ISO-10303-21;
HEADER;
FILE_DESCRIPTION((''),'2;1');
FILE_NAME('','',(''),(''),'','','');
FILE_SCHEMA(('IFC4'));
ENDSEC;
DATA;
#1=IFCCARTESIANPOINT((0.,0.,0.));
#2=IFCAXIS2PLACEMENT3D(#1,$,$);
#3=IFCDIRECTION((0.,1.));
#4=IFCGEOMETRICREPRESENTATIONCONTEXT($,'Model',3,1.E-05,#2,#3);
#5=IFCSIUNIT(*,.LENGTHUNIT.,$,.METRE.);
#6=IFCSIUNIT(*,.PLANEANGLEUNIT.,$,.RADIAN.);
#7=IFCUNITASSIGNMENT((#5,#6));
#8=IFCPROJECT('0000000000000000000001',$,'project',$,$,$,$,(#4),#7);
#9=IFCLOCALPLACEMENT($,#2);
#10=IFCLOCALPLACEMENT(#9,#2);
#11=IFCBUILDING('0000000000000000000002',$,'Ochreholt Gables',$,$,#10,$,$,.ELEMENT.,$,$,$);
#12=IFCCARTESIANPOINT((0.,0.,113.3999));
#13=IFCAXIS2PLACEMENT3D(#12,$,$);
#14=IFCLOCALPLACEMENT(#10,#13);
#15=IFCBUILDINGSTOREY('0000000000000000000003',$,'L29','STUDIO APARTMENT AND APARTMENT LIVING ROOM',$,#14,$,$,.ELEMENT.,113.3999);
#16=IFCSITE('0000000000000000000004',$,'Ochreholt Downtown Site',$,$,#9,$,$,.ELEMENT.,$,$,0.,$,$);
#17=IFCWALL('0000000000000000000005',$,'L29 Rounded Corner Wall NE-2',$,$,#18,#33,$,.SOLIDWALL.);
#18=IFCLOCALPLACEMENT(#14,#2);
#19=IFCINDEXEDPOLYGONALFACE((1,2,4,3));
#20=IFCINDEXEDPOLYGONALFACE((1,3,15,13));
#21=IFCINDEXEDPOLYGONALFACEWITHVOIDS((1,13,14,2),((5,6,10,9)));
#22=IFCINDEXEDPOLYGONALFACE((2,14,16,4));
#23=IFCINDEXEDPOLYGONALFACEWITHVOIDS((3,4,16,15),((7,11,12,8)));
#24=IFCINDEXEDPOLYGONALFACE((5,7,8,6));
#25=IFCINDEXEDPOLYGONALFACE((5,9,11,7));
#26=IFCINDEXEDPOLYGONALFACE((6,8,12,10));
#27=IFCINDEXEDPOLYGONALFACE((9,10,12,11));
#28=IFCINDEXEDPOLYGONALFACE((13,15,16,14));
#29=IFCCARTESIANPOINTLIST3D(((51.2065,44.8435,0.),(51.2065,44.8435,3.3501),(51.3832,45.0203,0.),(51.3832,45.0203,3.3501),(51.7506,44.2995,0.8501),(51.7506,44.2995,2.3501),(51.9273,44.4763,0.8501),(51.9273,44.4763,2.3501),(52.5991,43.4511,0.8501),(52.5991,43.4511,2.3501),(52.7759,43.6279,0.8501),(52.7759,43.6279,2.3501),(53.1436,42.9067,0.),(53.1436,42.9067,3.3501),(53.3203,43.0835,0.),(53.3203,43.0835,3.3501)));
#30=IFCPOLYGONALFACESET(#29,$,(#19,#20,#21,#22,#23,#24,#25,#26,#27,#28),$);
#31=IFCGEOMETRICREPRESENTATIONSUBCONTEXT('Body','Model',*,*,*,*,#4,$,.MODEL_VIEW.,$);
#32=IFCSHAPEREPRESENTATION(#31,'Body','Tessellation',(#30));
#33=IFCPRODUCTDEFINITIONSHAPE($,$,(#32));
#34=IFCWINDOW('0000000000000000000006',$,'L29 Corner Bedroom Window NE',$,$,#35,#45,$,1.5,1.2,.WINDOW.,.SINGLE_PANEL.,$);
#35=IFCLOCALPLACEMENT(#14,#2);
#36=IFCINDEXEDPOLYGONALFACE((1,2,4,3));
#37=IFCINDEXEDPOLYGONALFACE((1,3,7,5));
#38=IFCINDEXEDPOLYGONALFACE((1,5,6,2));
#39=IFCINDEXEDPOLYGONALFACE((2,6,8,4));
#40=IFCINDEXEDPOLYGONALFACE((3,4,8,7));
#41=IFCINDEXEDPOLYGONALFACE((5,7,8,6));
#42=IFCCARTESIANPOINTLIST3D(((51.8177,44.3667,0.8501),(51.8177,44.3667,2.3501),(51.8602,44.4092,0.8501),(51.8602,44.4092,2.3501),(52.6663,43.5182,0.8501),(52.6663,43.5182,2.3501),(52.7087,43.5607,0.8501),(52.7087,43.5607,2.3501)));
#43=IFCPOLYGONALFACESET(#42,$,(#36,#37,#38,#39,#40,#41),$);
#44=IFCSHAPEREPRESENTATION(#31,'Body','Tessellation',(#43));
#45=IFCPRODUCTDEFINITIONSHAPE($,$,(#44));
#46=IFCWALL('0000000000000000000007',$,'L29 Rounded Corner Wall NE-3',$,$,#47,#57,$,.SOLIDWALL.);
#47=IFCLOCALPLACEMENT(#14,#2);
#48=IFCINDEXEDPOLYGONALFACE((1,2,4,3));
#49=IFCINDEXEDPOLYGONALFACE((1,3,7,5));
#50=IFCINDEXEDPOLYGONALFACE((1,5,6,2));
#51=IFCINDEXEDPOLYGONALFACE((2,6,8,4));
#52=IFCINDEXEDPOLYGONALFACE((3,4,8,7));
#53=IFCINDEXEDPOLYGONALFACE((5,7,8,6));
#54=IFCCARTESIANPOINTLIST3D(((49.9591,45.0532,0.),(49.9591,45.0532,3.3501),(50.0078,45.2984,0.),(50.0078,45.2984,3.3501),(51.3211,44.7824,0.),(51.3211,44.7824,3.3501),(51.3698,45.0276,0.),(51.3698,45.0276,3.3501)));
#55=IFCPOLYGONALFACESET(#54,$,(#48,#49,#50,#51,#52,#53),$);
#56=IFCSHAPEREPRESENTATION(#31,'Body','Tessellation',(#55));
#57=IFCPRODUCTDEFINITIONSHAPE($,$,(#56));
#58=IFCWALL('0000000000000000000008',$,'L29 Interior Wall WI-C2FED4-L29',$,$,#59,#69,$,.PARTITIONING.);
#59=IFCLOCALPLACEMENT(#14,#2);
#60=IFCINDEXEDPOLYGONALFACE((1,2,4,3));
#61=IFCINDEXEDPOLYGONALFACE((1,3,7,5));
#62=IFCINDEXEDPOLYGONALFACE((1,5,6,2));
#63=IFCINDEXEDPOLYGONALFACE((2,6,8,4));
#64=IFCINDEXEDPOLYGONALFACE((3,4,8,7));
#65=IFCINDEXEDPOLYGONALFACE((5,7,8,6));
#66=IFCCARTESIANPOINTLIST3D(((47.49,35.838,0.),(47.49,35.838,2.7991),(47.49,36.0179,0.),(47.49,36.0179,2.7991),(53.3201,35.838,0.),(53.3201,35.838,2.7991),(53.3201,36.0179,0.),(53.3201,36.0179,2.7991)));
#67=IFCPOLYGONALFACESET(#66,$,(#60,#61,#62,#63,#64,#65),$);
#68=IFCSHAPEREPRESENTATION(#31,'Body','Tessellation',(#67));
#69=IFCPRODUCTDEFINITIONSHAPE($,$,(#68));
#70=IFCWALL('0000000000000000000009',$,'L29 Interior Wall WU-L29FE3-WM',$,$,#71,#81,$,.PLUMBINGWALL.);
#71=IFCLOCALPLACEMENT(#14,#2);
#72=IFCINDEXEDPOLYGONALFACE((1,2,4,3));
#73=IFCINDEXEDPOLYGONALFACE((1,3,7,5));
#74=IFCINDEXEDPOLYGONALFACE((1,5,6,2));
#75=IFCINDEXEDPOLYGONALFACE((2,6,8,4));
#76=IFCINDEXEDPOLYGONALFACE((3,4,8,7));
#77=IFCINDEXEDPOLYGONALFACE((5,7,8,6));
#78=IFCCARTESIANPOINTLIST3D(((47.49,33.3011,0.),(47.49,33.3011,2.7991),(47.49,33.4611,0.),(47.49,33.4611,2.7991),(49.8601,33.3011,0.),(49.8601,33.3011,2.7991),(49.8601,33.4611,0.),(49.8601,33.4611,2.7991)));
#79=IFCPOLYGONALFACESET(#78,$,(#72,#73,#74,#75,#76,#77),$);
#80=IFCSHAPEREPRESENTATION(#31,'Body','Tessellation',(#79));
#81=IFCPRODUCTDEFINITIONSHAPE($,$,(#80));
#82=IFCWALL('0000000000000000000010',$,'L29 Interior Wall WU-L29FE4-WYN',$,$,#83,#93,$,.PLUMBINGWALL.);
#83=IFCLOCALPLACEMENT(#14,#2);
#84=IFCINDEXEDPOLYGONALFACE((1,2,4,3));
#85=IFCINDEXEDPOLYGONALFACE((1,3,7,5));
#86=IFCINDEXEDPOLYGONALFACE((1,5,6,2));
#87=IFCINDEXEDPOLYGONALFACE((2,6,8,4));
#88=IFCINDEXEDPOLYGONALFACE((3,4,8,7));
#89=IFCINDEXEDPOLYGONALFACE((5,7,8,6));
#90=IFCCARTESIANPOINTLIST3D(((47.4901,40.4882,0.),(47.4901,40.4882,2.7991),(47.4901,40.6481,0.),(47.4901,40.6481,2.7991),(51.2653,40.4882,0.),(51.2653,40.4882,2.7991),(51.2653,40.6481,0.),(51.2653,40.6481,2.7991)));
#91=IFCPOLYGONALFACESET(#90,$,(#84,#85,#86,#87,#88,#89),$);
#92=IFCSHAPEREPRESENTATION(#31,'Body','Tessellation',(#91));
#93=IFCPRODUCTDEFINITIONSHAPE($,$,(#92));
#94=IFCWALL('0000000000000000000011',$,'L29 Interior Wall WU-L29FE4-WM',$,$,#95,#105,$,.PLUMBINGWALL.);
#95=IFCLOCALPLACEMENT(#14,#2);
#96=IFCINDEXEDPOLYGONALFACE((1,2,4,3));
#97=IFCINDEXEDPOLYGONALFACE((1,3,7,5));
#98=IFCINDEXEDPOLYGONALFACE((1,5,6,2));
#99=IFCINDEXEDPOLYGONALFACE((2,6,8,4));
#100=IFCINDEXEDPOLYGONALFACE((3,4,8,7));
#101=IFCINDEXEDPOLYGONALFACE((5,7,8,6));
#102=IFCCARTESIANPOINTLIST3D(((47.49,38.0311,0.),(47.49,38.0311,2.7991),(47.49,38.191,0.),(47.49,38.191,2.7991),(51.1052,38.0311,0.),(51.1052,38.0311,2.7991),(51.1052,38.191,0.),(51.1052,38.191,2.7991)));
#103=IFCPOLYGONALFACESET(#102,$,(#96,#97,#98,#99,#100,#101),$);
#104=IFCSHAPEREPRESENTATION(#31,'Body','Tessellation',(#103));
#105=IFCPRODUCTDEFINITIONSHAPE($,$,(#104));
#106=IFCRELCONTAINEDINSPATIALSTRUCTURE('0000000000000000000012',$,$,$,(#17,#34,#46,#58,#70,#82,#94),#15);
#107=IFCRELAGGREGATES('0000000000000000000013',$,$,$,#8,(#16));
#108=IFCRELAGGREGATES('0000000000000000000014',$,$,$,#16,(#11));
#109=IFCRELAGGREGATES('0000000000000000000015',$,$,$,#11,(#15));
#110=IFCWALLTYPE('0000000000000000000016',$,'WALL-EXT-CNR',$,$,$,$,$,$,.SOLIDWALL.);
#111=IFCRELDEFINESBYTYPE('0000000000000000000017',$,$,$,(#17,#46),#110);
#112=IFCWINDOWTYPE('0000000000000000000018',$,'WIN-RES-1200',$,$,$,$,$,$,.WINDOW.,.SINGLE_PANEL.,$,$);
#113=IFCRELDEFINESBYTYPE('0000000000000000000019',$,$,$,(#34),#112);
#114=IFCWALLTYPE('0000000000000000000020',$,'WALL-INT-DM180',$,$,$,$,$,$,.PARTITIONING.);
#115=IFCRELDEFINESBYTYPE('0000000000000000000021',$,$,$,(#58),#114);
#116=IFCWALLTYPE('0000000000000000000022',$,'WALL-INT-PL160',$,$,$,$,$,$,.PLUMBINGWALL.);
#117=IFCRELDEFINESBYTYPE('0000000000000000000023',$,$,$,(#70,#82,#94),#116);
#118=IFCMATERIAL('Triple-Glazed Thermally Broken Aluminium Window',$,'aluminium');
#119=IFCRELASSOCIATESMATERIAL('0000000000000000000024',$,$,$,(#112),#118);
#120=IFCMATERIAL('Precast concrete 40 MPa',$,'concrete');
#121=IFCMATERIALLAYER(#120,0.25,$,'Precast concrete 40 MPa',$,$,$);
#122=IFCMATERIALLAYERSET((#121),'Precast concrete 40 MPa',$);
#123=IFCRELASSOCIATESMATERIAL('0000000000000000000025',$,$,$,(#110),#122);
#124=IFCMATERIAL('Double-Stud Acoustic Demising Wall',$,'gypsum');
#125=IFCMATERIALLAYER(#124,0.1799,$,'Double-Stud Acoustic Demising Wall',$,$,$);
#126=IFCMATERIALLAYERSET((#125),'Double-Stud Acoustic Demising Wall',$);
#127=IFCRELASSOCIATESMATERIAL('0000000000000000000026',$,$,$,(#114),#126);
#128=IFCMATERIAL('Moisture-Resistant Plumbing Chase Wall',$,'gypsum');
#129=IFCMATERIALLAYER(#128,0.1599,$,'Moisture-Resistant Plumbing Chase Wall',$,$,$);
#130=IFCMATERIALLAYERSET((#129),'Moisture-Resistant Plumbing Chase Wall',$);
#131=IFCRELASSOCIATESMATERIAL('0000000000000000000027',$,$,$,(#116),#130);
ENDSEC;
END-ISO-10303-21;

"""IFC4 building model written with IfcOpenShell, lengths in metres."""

from ifc_helpers import new_model, si_unit, direction, frame, frame_2d, origin, place, context, subcontext, project, spatial, rectangle, extrude, material, layer, layer_set, type_object, element, fill, save


model = new_model("IFC4")

# Units and contexts
model_context = context("Model", 3, precision=1e-05, world=origin(), true_north=direction((0.0, 1.0)))
body_context = subcontext(model_context, "Body", "Model", "MODEL_VIEW")
ifc_project = project(units=[si_unit("LENGTHUNIT", "METRE"), si_unit("PLANEANGLEUNIT", "RADIAN")], contexts=[model_context])

# Site, building, storey
site_placement = place(None, origin())
site = spatial("IfcSite", under=ifc_project, at=site_placement, Name="Ochreholt Downtown Site", CompositionType="ELEMENT", RefElevation=0.0)
building_placement = place(site_placement, origin())
building = spatial("IfcBuilding", under=site, at=building_placement, Name="Ochreholt Gables", CompositionType="ELEMENT")
storey_placement = place(building_placement, frame((0.0, 0.0, 113.3999)))
storey = spatial("IfcBuildingStorey", under=building, at=storey_placement, Name="L29", Description="STUDIO APARTMENT AND APARTMENT LIVING ROOM", CompositionType="ELEMENT", Elevation=113.3999)

# Shared definitions
ifc_material_1 = material(Name="Precast concrete 40 MPa", Category="concrete")
ifc_material_2 = material(Name="Triple-Glazed Thermally Broken Aluminium Window", Category="aluminium")
window_type_1 = type_object("IfcWindowType", Name="WIN-RES-1200", PartitioningType="SINGLE_PANEL", PredefinedType="WINDOW", material=ifc_material_2)

# Shared definitions
ifc_layer_1 = layer(ifc_material_1, 0.25, Name="Precast concrete 40 MPa")
ifc_layer_set_1 = layer_set([ifc_layer_1], Name="Precast concrete 40 MPa")
wall_type_1 = type_object("IfcWallType", Name="WALL-EXT-CNR", PredefinedType="SOLIDWALL", material=ifc_layer_set_1)

# Wall, opening, window
wall_1_placement = place(storey_placement, frame((53.2319, 42.9951, 0.0), z_axis=(0.0, 0.0, 1.0), x_axis=(-0.707151, 0.707062, 0.0)))
wall_1 = element("IfcWall", 1, at=wall_1_placement, inside=storey, type_object=wall_type_1, Name="L29 Rounded Corner Wall NE-2", PredefinedType="SOLIDWALL", context=body_context, shape_type="SweptSolid", body=[
    extrude(rectangle(XDim=2.7393, YDim=0.25, at=frame_2d((1.3696, 0.0))), origin(), (0.0, 0.0, 1.0), 3.3501),
])
opening_1_placement = place(wall_1_placement, frame((0.7698, 0.0, 0.8501)))
opening_1 = element("IfcOpeningElement", 2, at=opening_1_placement, cuts=wall_1, PredefinedType="OPENING", context=body_context, shape_type="SweptSolid", body=[
    extrude(rectangle(XDim=1.2, YDim=1.5, at=frame_2d((0.6001, 0.75))), frame((0.0, 0.135, 0.0), z_axis=(0.0, -1.0, 0.0), x_axis=(1.0, 0.0, 0.0)), (0.0, 0.0, 1.0), 0.27),
])
window_1_placement = place(opening_1_placement, origin())
window_1 = element("IfcWindow", 3, at=window_1_placement, inside=storey, type_object=window_type_1, Name="L29 Corner Bedroom Window NE", OverallHeight=1.5, OverallWidth=1.2, PartitioningType="SINGLE_PANEL", PredefinedType="WINDOW", context=body_context, shape_type="SweptSolid", body=[
    extrude(rectangle(XDim=1.2, YDim=1.5, at=frame_2d((0.6001, 0.75))), frame((0.0, 0.03, 0.0), z_axis=(0.0, -1.0, 0.0), x_axis=(1.0, 0.0, 0.0)), (0.0, 0.0, 1.0), 0.0601),
])
fill(opening_1, window_1)

# Walls
wall_2_placement = place(storey_placement, frame((51.3455, 44.905, 0.0), z_axis=(0.0, 0.0, 1.0), x_axis=(-0.98081, 0.194967, 0.0)))
element("IfcWall", 4, at=wall_2_placement, inside=storey, type_object=wall_type_1, Name="L29 Rounded Corner Wall NE-3", PredefinedType="SOLIDWALL", context=body_context, shape_type="SweptSolid", body=[
    extrude(rectangle(XDim=1.3887, YDim=0.25, at=frame_2d((0.6943, 0.0))), origin(), (0.0, 0.0, 1.0), 3.3501),
])
ifc_material_3 = material(Name="Double-Stud Acoustic Demising Wall", Category="gypsum")
ifc_layer_2 = layer(ifc_material_3, 0.1799, Name="Double-Stud Acoustic Demising Wall")
ifc_layer_set_2 = layer_set([ifc_layer_2], Name="Double-Stud Acoustic Demising Wall")
wall_type_2 = type_object("IfcWallType", Name="WALL-INT-DM180", PredefinedType="PARTITIONING", material=ifc_layer_set_2)
wall_3_placement = place(storey_placement, frame((47.49, 35.928, 0.0), z_axis=(0.0, 0.0, 1.0), x_axis=(1.0, 0.0, 0.0)))
element("IfcWall", 5, at=wall_3_placement, inside=storey, type_object=wall_type_2, Name="L29 Interior Wall WI-C2FED4-L29", PredefinedType="PARTITIONING", context=body_context, shape_type="SweptSolid", body=[
    extrude(rectangle(XDim=5.8301, YDim=0.1799, at=frame_2d((2.915, 0.0))), origin(), (0.0, 0.0, 1.0), 2.7991),
])
ifc_material_4 = material(Name="Moisture-Resistant Plumbing Chase Wall", Category="gypsum")
ifc_layer_3 = layer(ifc_material_4, 0.1599, Name="Moisture-Resistant Plumbing Chase Wall")
ifc_layer_set_3 = layer_set([ifc_layer_3], Name="Moisture-Resistant Plumbing Chase Wall")
wall_type_3 = type_object("IfcWallType", Name="WALL-INT-PL160", PredefinedType="PLUMBINGWALL", material=ifc_layer_set_3)
wall_4_placement = place(storey_placement, frame((47.49, 33.3811, 0.0), z_axis=(0.0, 0.0, 1.0), x_axis=(1.0, 0.0, 0.0)))
element("IfcWall", 6, at=wall_4_placement, inside=storey, type_object=wall_type_3, Name="L29 Interior Wall WU-L29FE3-WM", PredefinedType="PLUMBINGWALL", context=body_context, shape_type="SweptSolid", body=[
    extrude(rectangle(XDim=2.3701, YDim=0.1599, at=frame_2d((1.1851, 0.0))), origin(), (0.0, 0.0, 1.0), 2.7991),
])
wall_5_placement = place(storey_placement, frame((47.49, 40.5681, 0.0), z_axis=(0.0, 0.0, 1.0), x_axis=(1.0, 0.0, 0.0)))
element("IfcWall", 7, at=wall_5_placement, inside=storey, type_object=wall_type_3, Name="L29 Interior Wall WU-L29FE4-WYN", PredefinedType="PLUMBINGWALL", context=body_context, shape_type="SweptSolid", body=[
    extrude(rectangle(XDim=3.7751, YDim=0.1599, at=frame_2d((1.8877, 0.0))), origin(), (0.0, 0.0, 1.0), 2.7991),
])

# Wall
wall_6_placement = place(storey_placement, frame((47.49, 38.1111, 0.0), z_axis=(0.0, 0.0, 1.0), x_axis=(1.0, 0.0, 0.0)))
element("IfcWall", 8, at=wall_6_placement, inside=storey, type_object=wall_type_3, Name="L29 Interior Wall WU-L29FE4-WM", PredefinedType="PLUMBINGWALL", context=body_context, shape_type="SweptSolid", body=[
    extrude(rectangle(XDim=3.6152, YDim=0.1599, at=frame_2d((1.8076, 0.0))), origin(), (0.0, 0.0, 1.0), 2.7991),
])

save(model, "model.ifc")
